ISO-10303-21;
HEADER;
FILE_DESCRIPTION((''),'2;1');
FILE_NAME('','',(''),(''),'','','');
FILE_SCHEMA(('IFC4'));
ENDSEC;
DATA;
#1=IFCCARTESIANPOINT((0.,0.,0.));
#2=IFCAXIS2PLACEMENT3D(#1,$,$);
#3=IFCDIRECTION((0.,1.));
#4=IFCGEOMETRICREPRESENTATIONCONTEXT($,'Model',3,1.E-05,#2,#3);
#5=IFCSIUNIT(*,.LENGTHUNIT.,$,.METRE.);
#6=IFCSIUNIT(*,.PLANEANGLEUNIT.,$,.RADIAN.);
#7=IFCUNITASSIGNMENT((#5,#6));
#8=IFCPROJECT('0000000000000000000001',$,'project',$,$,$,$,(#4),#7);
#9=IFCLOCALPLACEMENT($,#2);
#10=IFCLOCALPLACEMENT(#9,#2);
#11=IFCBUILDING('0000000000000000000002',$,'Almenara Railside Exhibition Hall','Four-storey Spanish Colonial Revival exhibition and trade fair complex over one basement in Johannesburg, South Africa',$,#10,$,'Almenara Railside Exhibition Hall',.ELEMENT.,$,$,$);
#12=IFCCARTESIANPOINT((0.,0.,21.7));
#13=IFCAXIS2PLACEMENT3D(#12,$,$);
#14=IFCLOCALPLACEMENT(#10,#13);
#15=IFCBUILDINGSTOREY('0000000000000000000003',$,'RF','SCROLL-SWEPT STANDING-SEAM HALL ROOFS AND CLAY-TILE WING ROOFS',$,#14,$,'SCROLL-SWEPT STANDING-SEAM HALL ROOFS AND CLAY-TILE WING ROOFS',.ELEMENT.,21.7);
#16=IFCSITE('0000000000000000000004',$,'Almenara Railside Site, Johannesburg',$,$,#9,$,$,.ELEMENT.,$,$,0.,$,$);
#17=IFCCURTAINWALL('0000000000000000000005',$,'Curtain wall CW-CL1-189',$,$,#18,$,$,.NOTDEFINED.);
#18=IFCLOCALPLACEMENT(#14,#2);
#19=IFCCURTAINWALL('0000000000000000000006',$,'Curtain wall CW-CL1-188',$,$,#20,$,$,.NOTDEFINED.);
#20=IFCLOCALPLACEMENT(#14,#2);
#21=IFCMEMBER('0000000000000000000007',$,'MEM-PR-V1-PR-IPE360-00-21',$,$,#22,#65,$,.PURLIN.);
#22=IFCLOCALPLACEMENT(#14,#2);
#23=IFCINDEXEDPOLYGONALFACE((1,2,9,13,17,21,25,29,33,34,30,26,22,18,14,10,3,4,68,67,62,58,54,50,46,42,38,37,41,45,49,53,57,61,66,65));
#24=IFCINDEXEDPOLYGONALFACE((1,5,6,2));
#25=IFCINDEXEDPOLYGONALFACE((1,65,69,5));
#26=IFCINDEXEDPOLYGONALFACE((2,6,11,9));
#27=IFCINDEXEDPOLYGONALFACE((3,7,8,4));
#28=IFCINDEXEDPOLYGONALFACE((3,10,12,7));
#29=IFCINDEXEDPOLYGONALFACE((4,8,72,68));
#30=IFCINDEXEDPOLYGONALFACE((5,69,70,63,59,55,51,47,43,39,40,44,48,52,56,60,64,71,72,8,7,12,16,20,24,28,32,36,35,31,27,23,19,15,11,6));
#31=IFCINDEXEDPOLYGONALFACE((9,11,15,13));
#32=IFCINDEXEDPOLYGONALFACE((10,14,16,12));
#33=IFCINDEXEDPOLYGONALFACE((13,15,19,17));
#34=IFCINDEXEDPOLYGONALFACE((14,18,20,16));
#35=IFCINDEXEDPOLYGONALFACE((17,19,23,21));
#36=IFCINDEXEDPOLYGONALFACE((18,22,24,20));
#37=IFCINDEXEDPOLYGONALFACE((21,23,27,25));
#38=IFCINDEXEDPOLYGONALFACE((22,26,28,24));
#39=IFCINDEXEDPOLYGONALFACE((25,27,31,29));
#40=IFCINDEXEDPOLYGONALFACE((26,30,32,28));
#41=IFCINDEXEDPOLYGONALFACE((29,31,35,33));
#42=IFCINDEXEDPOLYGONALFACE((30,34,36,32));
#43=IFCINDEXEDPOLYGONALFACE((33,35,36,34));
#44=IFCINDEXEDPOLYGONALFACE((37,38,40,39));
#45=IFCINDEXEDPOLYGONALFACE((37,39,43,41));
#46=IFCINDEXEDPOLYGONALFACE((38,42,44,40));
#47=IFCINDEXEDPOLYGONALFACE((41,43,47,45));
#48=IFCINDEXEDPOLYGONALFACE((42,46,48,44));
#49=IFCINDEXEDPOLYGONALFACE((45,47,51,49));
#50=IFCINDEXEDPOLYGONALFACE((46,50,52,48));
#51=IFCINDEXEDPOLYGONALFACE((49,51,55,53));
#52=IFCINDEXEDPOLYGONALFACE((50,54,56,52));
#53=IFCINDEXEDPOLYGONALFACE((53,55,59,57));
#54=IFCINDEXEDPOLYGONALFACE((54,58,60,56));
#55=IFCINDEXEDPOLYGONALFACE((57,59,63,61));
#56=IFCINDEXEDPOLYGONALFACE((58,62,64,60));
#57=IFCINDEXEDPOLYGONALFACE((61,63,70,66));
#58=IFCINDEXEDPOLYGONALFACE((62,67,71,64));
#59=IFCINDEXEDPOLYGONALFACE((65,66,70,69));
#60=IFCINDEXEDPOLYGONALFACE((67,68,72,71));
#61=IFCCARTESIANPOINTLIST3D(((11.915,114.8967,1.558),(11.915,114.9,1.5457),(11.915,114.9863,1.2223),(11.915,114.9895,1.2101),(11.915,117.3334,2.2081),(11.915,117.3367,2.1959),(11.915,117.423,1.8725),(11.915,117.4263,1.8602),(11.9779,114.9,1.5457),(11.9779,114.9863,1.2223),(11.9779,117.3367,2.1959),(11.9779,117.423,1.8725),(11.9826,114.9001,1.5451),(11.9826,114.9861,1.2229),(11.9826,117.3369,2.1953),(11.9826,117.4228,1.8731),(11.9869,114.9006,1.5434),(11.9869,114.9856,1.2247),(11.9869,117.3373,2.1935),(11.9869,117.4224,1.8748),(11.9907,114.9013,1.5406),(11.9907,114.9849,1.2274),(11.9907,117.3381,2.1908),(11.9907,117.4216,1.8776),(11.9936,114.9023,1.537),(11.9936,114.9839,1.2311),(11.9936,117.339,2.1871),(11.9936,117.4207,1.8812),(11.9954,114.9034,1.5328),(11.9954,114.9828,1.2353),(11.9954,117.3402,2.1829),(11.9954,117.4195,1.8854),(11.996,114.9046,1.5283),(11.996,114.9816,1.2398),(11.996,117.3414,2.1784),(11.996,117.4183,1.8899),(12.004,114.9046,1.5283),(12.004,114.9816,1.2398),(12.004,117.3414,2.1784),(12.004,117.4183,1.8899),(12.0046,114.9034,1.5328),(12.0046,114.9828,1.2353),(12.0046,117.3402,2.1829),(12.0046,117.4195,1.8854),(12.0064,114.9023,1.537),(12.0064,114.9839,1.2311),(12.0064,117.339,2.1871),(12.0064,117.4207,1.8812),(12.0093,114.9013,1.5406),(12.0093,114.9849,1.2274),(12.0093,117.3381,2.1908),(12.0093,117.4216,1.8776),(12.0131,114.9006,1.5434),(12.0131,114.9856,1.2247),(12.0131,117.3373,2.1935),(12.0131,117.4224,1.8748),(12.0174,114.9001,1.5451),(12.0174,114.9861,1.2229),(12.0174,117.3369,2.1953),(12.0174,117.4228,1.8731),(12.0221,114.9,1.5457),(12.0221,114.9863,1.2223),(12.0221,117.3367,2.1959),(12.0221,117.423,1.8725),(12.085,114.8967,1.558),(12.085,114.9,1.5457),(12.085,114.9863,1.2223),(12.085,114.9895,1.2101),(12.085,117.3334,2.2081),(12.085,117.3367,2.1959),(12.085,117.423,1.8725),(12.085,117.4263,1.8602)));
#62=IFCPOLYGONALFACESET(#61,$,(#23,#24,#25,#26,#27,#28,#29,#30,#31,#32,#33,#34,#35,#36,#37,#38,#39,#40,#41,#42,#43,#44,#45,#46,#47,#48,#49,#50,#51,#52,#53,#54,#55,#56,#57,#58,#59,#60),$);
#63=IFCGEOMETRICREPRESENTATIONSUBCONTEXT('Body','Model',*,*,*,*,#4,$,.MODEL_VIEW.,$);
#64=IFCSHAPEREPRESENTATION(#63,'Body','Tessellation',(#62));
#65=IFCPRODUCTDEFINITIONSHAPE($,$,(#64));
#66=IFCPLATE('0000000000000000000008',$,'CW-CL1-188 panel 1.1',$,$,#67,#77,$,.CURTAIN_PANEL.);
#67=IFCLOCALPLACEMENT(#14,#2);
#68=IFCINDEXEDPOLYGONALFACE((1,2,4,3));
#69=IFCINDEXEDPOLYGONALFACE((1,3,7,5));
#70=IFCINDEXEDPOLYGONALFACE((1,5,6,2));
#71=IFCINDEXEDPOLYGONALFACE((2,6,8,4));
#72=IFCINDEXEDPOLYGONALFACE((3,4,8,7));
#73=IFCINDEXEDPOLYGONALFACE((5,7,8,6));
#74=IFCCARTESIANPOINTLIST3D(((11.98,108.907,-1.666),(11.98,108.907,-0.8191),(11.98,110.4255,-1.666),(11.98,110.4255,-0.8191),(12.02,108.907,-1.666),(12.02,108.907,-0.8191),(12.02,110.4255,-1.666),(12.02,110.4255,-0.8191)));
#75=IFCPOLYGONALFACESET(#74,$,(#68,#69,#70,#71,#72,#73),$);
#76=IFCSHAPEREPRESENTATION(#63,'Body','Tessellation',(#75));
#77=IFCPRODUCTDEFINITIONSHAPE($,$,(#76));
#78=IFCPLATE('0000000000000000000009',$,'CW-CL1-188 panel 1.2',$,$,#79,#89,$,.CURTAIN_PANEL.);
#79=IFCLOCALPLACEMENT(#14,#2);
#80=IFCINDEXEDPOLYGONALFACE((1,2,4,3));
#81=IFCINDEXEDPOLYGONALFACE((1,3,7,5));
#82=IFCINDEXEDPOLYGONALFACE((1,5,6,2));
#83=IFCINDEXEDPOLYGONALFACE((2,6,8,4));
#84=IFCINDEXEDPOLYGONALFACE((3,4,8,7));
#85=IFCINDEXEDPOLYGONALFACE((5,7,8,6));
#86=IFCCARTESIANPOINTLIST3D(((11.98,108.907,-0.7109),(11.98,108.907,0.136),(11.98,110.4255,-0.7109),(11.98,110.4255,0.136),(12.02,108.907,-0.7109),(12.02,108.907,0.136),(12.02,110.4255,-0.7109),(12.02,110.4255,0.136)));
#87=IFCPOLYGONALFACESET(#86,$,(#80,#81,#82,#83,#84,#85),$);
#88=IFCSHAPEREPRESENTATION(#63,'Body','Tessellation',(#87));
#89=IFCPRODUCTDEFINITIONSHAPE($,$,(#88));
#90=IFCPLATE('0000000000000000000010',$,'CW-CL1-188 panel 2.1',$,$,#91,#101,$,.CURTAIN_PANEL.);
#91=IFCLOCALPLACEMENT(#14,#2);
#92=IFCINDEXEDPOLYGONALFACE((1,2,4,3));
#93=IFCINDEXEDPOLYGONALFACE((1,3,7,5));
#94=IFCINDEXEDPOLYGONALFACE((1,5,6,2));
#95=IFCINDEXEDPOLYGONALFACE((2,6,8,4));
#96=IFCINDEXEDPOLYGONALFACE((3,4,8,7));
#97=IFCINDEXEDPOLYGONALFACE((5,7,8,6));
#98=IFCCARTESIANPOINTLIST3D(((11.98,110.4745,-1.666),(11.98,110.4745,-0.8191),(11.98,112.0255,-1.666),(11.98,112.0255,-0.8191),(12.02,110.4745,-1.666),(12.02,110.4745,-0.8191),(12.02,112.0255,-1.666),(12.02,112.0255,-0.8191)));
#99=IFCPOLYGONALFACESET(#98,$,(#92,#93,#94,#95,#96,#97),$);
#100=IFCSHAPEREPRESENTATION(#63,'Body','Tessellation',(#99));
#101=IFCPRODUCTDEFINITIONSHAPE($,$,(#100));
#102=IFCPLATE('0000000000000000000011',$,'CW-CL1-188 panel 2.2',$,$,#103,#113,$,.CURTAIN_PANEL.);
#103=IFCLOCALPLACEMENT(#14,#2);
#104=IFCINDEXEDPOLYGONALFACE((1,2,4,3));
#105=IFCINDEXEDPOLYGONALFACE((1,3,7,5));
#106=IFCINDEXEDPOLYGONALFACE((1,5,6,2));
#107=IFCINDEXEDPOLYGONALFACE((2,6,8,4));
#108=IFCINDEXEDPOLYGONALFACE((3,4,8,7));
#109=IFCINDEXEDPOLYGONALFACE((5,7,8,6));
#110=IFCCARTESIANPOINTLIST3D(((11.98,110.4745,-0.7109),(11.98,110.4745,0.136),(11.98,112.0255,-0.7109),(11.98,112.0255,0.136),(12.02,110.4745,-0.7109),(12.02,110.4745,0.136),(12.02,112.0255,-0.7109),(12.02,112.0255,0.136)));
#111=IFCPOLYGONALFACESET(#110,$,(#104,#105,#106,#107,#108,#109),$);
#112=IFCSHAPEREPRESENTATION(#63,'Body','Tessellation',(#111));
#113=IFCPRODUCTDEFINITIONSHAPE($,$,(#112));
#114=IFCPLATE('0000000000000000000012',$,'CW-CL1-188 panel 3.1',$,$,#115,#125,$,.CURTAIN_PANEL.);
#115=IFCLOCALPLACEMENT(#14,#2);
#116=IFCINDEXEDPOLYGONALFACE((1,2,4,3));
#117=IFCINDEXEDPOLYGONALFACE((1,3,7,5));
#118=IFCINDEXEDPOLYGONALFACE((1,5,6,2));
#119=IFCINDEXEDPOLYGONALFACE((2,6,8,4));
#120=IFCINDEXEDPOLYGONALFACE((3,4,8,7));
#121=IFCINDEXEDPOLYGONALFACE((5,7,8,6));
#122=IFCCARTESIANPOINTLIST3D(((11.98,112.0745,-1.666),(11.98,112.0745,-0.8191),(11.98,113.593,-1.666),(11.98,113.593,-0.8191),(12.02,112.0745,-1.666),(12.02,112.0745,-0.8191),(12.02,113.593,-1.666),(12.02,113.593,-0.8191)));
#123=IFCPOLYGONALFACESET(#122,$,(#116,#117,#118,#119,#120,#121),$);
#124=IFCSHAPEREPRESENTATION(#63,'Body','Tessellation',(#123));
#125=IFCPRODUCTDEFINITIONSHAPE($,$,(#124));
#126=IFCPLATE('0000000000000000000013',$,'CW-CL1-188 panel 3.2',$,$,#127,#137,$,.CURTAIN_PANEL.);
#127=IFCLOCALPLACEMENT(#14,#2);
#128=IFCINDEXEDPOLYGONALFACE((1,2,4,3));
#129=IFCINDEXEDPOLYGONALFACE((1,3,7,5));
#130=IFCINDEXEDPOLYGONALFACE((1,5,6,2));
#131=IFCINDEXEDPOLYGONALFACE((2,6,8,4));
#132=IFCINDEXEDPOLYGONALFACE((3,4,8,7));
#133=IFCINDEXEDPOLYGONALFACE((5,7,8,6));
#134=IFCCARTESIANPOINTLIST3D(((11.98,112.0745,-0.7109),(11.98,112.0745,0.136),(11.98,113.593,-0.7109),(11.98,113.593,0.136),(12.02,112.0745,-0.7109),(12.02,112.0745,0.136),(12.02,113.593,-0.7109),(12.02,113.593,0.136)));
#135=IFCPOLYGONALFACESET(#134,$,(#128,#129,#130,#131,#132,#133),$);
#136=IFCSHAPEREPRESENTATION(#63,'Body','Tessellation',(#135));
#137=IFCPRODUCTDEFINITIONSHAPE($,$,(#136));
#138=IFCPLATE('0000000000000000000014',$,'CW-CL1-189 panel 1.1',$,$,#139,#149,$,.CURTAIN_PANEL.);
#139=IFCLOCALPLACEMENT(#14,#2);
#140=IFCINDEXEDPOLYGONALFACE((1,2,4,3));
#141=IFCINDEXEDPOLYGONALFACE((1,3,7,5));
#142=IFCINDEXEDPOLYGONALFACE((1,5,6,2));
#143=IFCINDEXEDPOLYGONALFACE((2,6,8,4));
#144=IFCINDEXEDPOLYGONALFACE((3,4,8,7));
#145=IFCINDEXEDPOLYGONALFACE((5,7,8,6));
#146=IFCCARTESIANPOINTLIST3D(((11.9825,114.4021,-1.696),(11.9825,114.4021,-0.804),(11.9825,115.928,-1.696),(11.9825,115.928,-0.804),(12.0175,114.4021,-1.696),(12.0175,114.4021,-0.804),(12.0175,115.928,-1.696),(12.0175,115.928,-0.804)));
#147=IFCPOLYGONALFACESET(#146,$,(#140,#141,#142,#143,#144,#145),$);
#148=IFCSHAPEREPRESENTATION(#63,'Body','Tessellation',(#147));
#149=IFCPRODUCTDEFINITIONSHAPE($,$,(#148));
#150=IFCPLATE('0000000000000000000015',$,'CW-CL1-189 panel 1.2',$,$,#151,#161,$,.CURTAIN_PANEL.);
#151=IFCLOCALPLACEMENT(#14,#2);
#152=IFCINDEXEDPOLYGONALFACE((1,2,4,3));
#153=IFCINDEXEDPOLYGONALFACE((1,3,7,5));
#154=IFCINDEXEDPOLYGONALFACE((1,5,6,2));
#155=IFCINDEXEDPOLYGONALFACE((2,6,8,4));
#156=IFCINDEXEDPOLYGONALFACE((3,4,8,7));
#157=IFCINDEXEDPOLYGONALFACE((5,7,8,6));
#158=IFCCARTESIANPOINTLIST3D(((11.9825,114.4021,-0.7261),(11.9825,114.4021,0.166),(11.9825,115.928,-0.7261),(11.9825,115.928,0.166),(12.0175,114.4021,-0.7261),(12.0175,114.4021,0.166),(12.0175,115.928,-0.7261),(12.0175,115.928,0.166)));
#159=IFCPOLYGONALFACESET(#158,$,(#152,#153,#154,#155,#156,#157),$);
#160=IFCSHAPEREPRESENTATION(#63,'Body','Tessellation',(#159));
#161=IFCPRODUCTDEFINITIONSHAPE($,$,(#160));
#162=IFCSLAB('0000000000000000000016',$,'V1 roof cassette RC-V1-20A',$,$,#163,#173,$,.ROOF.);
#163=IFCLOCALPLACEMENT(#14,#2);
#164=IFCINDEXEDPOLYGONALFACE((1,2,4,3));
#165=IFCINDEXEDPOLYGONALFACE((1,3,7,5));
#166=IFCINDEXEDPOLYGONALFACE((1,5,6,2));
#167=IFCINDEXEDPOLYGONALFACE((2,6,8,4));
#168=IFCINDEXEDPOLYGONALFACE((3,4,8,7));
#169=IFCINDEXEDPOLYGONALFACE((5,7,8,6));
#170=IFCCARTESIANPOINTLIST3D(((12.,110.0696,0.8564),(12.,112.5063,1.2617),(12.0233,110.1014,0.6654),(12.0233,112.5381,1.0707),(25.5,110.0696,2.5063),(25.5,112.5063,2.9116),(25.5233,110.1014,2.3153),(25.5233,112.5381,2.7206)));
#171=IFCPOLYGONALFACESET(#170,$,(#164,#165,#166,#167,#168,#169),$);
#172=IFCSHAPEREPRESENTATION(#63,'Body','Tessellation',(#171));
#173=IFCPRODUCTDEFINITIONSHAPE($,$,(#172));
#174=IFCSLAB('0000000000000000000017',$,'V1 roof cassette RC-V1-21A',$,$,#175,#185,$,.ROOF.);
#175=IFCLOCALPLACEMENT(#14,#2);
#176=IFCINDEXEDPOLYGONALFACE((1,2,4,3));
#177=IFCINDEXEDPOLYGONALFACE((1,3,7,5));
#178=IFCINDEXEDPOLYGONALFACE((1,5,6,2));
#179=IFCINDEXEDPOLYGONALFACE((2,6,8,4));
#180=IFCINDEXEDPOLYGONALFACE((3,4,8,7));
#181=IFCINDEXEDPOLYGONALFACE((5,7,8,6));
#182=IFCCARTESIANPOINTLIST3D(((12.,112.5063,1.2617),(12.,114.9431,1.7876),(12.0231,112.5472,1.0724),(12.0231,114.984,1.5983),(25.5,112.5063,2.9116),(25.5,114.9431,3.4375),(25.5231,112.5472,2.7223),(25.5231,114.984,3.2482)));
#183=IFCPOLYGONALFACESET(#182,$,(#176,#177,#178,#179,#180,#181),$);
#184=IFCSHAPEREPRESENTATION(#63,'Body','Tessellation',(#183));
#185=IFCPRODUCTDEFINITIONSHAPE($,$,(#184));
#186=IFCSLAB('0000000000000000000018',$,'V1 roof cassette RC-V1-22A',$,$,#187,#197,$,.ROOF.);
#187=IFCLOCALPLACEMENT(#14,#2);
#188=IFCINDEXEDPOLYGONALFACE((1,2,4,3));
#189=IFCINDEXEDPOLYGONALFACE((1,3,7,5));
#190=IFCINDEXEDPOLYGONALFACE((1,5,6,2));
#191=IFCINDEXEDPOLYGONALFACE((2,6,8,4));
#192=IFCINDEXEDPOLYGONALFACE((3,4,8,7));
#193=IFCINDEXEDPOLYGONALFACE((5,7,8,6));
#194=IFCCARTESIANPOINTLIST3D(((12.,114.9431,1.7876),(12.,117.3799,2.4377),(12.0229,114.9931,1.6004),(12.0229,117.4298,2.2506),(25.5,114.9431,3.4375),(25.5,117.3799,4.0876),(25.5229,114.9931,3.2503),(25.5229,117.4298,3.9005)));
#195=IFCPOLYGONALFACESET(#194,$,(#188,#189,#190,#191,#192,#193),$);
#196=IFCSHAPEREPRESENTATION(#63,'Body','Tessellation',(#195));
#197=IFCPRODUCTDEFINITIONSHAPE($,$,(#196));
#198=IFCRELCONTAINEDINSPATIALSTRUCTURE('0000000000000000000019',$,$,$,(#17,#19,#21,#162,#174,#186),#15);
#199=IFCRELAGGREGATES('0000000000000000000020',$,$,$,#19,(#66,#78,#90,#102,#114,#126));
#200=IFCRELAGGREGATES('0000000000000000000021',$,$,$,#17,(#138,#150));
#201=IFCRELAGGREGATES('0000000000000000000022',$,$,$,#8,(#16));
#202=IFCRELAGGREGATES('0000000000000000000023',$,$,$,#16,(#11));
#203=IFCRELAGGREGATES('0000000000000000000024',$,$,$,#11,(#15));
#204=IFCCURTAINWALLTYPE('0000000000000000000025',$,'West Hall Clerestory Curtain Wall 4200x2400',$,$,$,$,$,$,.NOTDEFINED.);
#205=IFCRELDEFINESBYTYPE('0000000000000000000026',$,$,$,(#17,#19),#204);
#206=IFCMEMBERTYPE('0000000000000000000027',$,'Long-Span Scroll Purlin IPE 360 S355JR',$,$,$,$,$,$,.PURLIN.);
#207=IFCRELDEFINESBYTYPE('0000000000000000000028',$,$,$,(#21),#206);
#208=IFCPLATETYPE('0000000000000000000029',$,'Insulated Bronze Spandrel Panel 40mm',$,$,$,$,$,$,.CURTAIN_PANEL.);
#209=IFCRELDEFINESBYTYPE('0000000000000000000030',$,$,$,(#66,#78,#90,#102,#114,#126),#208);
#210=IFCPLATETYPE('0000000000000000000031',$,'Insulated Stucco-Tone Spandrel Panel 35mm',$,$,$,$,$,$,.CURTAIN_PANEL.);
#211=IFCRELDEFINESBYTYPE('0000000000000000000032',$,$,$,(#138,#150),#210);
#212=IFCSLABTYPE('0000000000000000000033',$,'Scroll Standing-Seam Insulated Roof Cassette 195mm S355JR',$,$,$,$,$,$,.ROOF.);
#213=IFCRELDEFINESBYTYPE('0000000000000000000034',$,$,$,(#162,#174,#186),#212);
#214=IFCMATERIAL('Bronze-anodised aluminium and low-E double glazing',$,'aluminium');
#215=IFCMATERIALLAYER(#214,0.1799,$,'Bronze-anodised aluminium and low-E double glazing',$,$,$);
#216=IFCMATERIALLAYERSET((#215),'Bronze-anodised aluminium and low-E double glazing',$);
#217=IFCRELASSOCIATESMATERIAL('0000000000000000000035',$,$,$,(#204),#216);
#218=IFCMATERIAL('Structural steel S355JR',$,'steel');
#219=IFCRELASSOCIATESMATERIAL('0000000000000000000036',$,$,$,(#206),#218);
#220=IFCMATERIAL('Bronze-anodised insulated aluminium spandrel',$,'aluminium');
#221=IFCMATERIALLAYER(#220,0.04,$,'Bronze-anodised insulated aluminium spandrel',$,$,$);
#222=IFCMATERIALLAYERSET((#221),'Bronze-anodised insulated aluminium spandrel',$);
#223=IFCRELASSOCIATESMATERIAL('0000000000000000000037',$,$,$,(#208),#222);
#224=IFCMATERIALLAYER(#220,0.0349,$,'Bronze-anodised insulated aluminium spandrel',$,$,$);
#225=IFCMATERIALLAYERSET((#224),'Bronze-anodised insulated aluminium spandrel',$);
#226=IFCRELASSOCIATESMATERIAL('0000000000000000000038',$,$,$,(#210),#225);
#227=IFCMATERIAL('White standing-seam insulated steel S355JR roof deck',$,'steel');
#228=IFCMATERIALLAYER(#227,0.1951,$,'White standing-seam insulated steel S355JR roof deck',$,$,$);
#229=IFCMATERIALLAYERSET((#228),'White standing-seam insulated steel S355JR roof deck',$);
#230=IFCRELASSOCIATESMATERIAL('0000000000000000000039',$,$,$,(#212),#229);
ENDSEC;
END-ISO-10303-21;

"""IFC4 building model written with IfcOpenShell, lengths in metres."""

from ifc_helpers import new_model, si_unit, direction, frame, origin, origin_2d, place, context, subcontext, project, spatial, polyline, rectangle, i_section, outline, extrude, material, layer, layer_set, material_profile, profile_set, type_object, element, aggregate, save


model = new_model("IFC4")

# Units and contexts
model_context = context("Model", 3, precision=1e-05, world=origin(), true_north=direction((0.0, 1.0)))
body_context = subcontext(model_context, "Body", "Model", "MODEL_VIEW")
ifc_project = project(units=[si_unit("LENGTHUNIT", "METRE"), si_unit("PLANEANGLEUNIT", "RADIAN")], contexts=[model_context])

# Site, building, storey
site_placement = place(None, origin())
site = spatial("IfcSite", under=ifc_project, at=site_placement, Name="Almenara Railside Site, Johannesburg", CompositionType="ELEMENT", RefElevation=0.0)
building_placement = place(site_placement, origin())
building = spatial("IfcBuilding", under=site, at=building_placement, Name="Almenara Railside Exhibition Hall", Description="Four-storey Spanish Colonial Revival exhibition and trade fair complex over one basement in Johannesburg, South Africa", LongName="Almenara Railside Exhibition Hall", CompositionType="ELEMENT")
storey_placement = place(building_placement, frame((0.0, 0.0, 21.7)))
storey = spatial("IfcBuildingStorey", under=building, at=storey_placement, Name="RF", Description="SCROLL-SWEPT STANDING-SEAM HALL ROOFS AND CLAY-TILE WING ROOFS", LongName="SCROLL-SWEPT STANDING-SEAM HALL ROOFS AND CLAY-TILE WING ROOFS", CompositionType="ELEMENT", Elevation=21.7)

# Curtain walls
ifc_material_1 = material(Name="Bronze-anodised aluminium and low-E double glazing", Category="aluminium")
ifc_layer_1 = layer(ifc_material_1, 0.1799, Name="Bronze-anodised aluminium and low-E double glazing")
ifc_layer_set_1 = layer_set([ifc_layer_1], Name="Bronze-anodised aluminium and low-E double glazing")
curtain_wall_type = type_object("IfcCurtainWallType", Name="West Hall Clerestory Curtain Wall 4200x2400", PredefinedType="NOTDEFINED", material=ifc_layer_set_1)
curtain_wall_1_placement = place(storey_placement, origin())
curtain_wall_1 = element("IfcCurtainWall", 1, at=curtain_wall_1_placement, inside=storey, type_object=curtain_wall_type, Name="Curtain wall CW-CL1-189", PredefinedType="NOTDEFINED")
curtain_wall_2_placement = place(storey_placement, origin())
curtain_wall_2 = element("IfcCurtainWall", 2, at=curtain_wall_2_placement, inside=storey, type_object=curtain_wall_type, Name="Curtain wall CW-CL1-188", PredefinedType="NOTDEFINED")

# Member
ifc_material_2 = material(Name="Structural steel S355JR", Category="steel")
ifc_material_profile_1 = material_profile(ifc_material_2, i_section(OverallWidth=0.1699, OverallDepth=0.3601, WebThickness=0.0081, FlangeThickness=0.0127, FilletRadius=0.0181, at=origin_2d()), Name="IPE 360")
ifc_profile_set_1 = profile_set([ifc_material_profile_1], Name="Structural steel S355JR")
member_type_1 = type_object("IfcMemberType", Name="Long-Span Scroll Purlin IPE 360 S355JR", PredefinedType="PURLIN", material=ifc_profile_set_1)
member_1_placement = place(storey_placement, frame((12.0, 114.9431, 1.384), z_axis=(0.0, 0.966201, 0.257789), x_axis=(-1.0, 0.0, 0.0)))
element("IfcMember", 3, at=member_1_placement, inside=storey, type_object=member_type_1, Name="MEM-PR-V1-PR-IPE360-00-21", PredefinedType="PURLIN", context=body_context, shape_type="SweptSolid", body=[
    extrude(i_section(OverallWidth=0.1699, OverallDepth=0.3601, WebThickness=0.0081, FlangeThickness=0.0127, FilletRadius=0.0181, at=origin_2d()), origin(), (0.0, 0.0, 1.0), 2.522),
])

# Plates
ifc_material_3 = material(Name="Bronze-anodised insulated aluminium spandrel", Category="aluminium")
ifc_layer_2 = layer(ifc_material_3, 0.04, Name="Bronze-anodised insulated aluminium spandrel")
ifc_layer_set_2 = layer_set([ifc_layer_2], Name="Bronze-anodised insulated aluminium spandrel")
plate_type_1 = type_object("IfcPlateType", Name="Insulated Bronze Spandrel Panel 40mm", PredefinedType="CURTAIN_PANEL", material=ifc_layer_set_2)
plate_1_placement = place(storey_placement, frame((12.0, 109.6663, -1.666), z_axis=(0.0, 0.0, 1.0), x_axis=(0.0, 1.0, 0.0)))
plate_1 = element("IfcPlate", 4, at=plate_1_placement, type_object=plate_type_1, Name="CW-CL1-188 panel 1.1", PredefinedType="CURTAIN_PANEL", context=body_context, shape_type="SweptSolid", body=[
    extrude(rectangle(XDim=1.5186, YDim=0.04, at=origin_2d()), origin(), (0.0, 0.0, 1.0), 0.8469),
])
plate_2_placement = place(storey_placement, frame((12.0, 109.6663, -0.7109), z_axis=(0.0, 0.0, 1.0), x_axis=(0.0, 1.0, 0.0)))
plate_2 = element("IfcPlate", 5, at=plate_2_placement, type_object=plate_type_1, Name="CW-CL1-188 panel 1.2", PredefinedType="CURTAIN_PANEL", context=body_context, shape_type="SweptSolid", body=[
    extrude(rectangle(XDim=1.5186, YDim=0.04, at=origin_2d()), origin(), (0.0, 0.0, 1.0), 0.8469),
])
plate_3_placement = place(storey_placement, frame((12.0, 111.25, -1.666), z_axis=(0.0, 0.0, 1.0), x_axis=(0.0, 1.0, 0.0)))
plate_3 = element("IfcPlate", 6, at=plate_3_placement, type_object=plate_type_1, Name="CW-CL1-188 panel 2.1", PredefinedType="CURTAIN_PANEL", context=body_context, shape_type="SweptSolid", body=[
    extrude(rectangle(XDim=1.551, YDim=0.04, at=origin_2d()), origin(), (0.0, 0.0, 1.0), 0.8469),
])
plate_4_placement = place(storey_placement, frame((12.0, 111.25, -0.7109), z_axis=(0.0, 0.0, 1.0), x_axis=(0.0, 1.0, 0.0)))
plate_4 = element("IfcPlate", 7, at=plate_4_placement, type_object=plate_type_1, Name="CW-CL1-188 panel 2.2", PredefinedType="CURTAIN_PANEL", context=body_context, shape_type="SweptSolid", body=[
    extrude(rectangle(XDim=1.551, YDim=0.04, at=origin_2d()), origin(), (0.0, 0.0, 1.0), 0.8469),
])
plate_5_placement = place(storey_placement, frame((12.0, 112.8337, -1.666), z_axis=(0.0, 0.0, 1.0), x_axis=(0.0, 1.0, 0.0)))
plate_5 = element("IfcPlate", 8, at=plate_5_placement, type_object=plate_type_1, Name="CW-CL1-188 panel 3.1", PredefinedType="CURTAIN_PANEL", context=body_context, shape_type="SweptSolid", body=[
    extrude(rectangle(XDim=1.5186, YDim=0.04, at=origin_2d()), origin(), (0.0, 0.0, 1.0), 0.8469),
])
plate_6_placement = place(storey_placement, frame((12.0, 112.8337, -0.7109), z_axis=(0.0, 0.0, 1.0), x_axis=(0.0, 1.0, 0.0)))
plate_6 = element("IfcPlate", 9, at=plate_6_placement, type_object=plate_type_1, Name="CW-CL1-188 panel 3.2", PredefinedType="CURTAIN_PANEL", context=body_context, shape_type="SweptSolid", body=[
    extrude(rectangle(XDim=1.5186, YDim=0.04, at=origin_2d()), origin(), (0.0, 0.0, 1.0), 0.8469),
])
aggregate(curtain_wall_2, [plate_1, plate_2, plate_3, plate_4, plate_5, plate_6])
ifc_layer_3 = layer(ifc_material_3, 0.0349, Name="Bronze-anodised insulated aluminium spandrel")
ifc_layer_set_3 = layer_set([ifc_layer_3], Name="Bronze-anodised insulated aluminium spandrel")
plate_type_2 = type_object("IfcPlateType", Name="Insulated Stucco-Tone Spandrel Panel 35mm", PredefinedType="CURTAIN_PANEL", material=ifc_layer_set_3)
plate_7_placement = place(storey_placement, frame((12.0, 115.165, -1.696), z_axis=(0.0, 0.0, 1.0), x_axis=(0.0, 1.0, 0.0)))
plate_7 = element("IfcPlate", 10, at=plate_7_placement, type_object=plate_type_2, Name="CW-CL1-189 panel 1.1", PredefinedType="CURTAIN_PANEL", context=body_context, shape_type="SweptSolid", body=[
    extrude(rectangle(XDim=1.5259, YDim=0.0349, at=origin_2d()), origin(), (0.0, 0.0, 1.0), 0.8921),
])
plate_8_placement = place(storey_placement, frame((12.0, 115.165, -0.7261), z_axis=(0.0, 0.0, 1.0), x_axis=(0.0, 1.0, 0.0)))
plate_8 = element("IfcPlate", 11, at=plate_8_placement, type_object=plate_type_2, Name="CW-CL1-189 panel 1.2", PredefinedType="CURTAIN_PANEL", context=body_context, shape_type="SweptSolid", body=[
    extrude(rectangle(XDim=1.5259, YDim=0.0349, at=origin_2d()), origin(), (0.0, 0.0, 1.0), 0.8921),
])
aggregate(curtain_wall_1, [plate_7, plate_8])

# Slabs
ifc_material_4 = material(Name="White standing-seam insulated steel S355JR roof deck", Category="steel")
ifc_layer_4 = layer(ifc_material_4, 0.1951, Name="White standing-seam insulated steel S355JR roof deck")
ifc_layer_set_4 = layer_set([ifc_layer_4], Name="White standing-seam insulated steel S355JR roof deck")
slab_type = type_object("IfcSlabType", Name="Scroll Standing-Seam Insulated Roof Cassette 195mm S355JR", PredefinedType="ROOF", material=ifc_layer_set_4)
slab_1_placement = place(storey_placement, frame((12.0, 110.0696, 0.8564), z_axis=(-0.119692, -0.162883, 0.979358), x_axis=(0.992614, 0.0, 0.121312)))
element("IfcSlab", 12, at=slab_1_placement, inside=storey, type_object=slab_type, Name="V1 roof cassette RC-V1-20A", PredefinedType="ROOF", context=body_context, shape_type="SweptSolid", body=[
    extrude(outline(polyline([(0.0, 0.0), (13.6004, 0.0), (13.6496, 2.4698), (0.0492, 2.4698), (0.0, 0.0)])), origin(), (0.0, 0.0, -1.0), 0.1951),
])
slab_2_placement = place(storey_placement, frame((12.0, 112.5063, 1.2617), z_axis=(-0.118621, -0.209464, 0.970595), x_axis=(0.992614, 0.0, 0.121312)))
element("IfcSlab", 13, at=slab_2_placement, inside=storey, type_object=slab_type, Name="V1 roof cassette RC-V1-21A", PredefinedType="ROOF", context=body_context, shape_type="SweptSolid", body=[
    extrude(outline(polyline([(0.0, 0.0), (13.6004, 0.0), (13.6642, 2.4921), (0.0638, 2.4921), (0.0, 0.0)])), origin(), (0.0, 0.0, -1.0), 0.1951),
])
slab_3_placement = place(storey_placement, frame((12.0, 114.9431, 1.7876), z_axis=(-0.11727, -0.25601, 0.959535), x_axis=(0.992614, 0.0, 0.121312)))
element("IfcSlab", 14, at=slab_3_placement, inside=storey, type_object=slab_type, Name="V1 roof cassette RC-V1-22A", PredefinedType="ROOF", context=body_context, shape_type="SweptSolid", body=[
    extrude(outline(polyline([(0.0, 0.0), (13.6004, 0.0), (13.6793, 2.5208), (0.0789, 2.5208), (0.0, 0.0)])), origin(), (0.0, 0.0, -1.0), 0.1951),
])

save(model, "model.ifc")
